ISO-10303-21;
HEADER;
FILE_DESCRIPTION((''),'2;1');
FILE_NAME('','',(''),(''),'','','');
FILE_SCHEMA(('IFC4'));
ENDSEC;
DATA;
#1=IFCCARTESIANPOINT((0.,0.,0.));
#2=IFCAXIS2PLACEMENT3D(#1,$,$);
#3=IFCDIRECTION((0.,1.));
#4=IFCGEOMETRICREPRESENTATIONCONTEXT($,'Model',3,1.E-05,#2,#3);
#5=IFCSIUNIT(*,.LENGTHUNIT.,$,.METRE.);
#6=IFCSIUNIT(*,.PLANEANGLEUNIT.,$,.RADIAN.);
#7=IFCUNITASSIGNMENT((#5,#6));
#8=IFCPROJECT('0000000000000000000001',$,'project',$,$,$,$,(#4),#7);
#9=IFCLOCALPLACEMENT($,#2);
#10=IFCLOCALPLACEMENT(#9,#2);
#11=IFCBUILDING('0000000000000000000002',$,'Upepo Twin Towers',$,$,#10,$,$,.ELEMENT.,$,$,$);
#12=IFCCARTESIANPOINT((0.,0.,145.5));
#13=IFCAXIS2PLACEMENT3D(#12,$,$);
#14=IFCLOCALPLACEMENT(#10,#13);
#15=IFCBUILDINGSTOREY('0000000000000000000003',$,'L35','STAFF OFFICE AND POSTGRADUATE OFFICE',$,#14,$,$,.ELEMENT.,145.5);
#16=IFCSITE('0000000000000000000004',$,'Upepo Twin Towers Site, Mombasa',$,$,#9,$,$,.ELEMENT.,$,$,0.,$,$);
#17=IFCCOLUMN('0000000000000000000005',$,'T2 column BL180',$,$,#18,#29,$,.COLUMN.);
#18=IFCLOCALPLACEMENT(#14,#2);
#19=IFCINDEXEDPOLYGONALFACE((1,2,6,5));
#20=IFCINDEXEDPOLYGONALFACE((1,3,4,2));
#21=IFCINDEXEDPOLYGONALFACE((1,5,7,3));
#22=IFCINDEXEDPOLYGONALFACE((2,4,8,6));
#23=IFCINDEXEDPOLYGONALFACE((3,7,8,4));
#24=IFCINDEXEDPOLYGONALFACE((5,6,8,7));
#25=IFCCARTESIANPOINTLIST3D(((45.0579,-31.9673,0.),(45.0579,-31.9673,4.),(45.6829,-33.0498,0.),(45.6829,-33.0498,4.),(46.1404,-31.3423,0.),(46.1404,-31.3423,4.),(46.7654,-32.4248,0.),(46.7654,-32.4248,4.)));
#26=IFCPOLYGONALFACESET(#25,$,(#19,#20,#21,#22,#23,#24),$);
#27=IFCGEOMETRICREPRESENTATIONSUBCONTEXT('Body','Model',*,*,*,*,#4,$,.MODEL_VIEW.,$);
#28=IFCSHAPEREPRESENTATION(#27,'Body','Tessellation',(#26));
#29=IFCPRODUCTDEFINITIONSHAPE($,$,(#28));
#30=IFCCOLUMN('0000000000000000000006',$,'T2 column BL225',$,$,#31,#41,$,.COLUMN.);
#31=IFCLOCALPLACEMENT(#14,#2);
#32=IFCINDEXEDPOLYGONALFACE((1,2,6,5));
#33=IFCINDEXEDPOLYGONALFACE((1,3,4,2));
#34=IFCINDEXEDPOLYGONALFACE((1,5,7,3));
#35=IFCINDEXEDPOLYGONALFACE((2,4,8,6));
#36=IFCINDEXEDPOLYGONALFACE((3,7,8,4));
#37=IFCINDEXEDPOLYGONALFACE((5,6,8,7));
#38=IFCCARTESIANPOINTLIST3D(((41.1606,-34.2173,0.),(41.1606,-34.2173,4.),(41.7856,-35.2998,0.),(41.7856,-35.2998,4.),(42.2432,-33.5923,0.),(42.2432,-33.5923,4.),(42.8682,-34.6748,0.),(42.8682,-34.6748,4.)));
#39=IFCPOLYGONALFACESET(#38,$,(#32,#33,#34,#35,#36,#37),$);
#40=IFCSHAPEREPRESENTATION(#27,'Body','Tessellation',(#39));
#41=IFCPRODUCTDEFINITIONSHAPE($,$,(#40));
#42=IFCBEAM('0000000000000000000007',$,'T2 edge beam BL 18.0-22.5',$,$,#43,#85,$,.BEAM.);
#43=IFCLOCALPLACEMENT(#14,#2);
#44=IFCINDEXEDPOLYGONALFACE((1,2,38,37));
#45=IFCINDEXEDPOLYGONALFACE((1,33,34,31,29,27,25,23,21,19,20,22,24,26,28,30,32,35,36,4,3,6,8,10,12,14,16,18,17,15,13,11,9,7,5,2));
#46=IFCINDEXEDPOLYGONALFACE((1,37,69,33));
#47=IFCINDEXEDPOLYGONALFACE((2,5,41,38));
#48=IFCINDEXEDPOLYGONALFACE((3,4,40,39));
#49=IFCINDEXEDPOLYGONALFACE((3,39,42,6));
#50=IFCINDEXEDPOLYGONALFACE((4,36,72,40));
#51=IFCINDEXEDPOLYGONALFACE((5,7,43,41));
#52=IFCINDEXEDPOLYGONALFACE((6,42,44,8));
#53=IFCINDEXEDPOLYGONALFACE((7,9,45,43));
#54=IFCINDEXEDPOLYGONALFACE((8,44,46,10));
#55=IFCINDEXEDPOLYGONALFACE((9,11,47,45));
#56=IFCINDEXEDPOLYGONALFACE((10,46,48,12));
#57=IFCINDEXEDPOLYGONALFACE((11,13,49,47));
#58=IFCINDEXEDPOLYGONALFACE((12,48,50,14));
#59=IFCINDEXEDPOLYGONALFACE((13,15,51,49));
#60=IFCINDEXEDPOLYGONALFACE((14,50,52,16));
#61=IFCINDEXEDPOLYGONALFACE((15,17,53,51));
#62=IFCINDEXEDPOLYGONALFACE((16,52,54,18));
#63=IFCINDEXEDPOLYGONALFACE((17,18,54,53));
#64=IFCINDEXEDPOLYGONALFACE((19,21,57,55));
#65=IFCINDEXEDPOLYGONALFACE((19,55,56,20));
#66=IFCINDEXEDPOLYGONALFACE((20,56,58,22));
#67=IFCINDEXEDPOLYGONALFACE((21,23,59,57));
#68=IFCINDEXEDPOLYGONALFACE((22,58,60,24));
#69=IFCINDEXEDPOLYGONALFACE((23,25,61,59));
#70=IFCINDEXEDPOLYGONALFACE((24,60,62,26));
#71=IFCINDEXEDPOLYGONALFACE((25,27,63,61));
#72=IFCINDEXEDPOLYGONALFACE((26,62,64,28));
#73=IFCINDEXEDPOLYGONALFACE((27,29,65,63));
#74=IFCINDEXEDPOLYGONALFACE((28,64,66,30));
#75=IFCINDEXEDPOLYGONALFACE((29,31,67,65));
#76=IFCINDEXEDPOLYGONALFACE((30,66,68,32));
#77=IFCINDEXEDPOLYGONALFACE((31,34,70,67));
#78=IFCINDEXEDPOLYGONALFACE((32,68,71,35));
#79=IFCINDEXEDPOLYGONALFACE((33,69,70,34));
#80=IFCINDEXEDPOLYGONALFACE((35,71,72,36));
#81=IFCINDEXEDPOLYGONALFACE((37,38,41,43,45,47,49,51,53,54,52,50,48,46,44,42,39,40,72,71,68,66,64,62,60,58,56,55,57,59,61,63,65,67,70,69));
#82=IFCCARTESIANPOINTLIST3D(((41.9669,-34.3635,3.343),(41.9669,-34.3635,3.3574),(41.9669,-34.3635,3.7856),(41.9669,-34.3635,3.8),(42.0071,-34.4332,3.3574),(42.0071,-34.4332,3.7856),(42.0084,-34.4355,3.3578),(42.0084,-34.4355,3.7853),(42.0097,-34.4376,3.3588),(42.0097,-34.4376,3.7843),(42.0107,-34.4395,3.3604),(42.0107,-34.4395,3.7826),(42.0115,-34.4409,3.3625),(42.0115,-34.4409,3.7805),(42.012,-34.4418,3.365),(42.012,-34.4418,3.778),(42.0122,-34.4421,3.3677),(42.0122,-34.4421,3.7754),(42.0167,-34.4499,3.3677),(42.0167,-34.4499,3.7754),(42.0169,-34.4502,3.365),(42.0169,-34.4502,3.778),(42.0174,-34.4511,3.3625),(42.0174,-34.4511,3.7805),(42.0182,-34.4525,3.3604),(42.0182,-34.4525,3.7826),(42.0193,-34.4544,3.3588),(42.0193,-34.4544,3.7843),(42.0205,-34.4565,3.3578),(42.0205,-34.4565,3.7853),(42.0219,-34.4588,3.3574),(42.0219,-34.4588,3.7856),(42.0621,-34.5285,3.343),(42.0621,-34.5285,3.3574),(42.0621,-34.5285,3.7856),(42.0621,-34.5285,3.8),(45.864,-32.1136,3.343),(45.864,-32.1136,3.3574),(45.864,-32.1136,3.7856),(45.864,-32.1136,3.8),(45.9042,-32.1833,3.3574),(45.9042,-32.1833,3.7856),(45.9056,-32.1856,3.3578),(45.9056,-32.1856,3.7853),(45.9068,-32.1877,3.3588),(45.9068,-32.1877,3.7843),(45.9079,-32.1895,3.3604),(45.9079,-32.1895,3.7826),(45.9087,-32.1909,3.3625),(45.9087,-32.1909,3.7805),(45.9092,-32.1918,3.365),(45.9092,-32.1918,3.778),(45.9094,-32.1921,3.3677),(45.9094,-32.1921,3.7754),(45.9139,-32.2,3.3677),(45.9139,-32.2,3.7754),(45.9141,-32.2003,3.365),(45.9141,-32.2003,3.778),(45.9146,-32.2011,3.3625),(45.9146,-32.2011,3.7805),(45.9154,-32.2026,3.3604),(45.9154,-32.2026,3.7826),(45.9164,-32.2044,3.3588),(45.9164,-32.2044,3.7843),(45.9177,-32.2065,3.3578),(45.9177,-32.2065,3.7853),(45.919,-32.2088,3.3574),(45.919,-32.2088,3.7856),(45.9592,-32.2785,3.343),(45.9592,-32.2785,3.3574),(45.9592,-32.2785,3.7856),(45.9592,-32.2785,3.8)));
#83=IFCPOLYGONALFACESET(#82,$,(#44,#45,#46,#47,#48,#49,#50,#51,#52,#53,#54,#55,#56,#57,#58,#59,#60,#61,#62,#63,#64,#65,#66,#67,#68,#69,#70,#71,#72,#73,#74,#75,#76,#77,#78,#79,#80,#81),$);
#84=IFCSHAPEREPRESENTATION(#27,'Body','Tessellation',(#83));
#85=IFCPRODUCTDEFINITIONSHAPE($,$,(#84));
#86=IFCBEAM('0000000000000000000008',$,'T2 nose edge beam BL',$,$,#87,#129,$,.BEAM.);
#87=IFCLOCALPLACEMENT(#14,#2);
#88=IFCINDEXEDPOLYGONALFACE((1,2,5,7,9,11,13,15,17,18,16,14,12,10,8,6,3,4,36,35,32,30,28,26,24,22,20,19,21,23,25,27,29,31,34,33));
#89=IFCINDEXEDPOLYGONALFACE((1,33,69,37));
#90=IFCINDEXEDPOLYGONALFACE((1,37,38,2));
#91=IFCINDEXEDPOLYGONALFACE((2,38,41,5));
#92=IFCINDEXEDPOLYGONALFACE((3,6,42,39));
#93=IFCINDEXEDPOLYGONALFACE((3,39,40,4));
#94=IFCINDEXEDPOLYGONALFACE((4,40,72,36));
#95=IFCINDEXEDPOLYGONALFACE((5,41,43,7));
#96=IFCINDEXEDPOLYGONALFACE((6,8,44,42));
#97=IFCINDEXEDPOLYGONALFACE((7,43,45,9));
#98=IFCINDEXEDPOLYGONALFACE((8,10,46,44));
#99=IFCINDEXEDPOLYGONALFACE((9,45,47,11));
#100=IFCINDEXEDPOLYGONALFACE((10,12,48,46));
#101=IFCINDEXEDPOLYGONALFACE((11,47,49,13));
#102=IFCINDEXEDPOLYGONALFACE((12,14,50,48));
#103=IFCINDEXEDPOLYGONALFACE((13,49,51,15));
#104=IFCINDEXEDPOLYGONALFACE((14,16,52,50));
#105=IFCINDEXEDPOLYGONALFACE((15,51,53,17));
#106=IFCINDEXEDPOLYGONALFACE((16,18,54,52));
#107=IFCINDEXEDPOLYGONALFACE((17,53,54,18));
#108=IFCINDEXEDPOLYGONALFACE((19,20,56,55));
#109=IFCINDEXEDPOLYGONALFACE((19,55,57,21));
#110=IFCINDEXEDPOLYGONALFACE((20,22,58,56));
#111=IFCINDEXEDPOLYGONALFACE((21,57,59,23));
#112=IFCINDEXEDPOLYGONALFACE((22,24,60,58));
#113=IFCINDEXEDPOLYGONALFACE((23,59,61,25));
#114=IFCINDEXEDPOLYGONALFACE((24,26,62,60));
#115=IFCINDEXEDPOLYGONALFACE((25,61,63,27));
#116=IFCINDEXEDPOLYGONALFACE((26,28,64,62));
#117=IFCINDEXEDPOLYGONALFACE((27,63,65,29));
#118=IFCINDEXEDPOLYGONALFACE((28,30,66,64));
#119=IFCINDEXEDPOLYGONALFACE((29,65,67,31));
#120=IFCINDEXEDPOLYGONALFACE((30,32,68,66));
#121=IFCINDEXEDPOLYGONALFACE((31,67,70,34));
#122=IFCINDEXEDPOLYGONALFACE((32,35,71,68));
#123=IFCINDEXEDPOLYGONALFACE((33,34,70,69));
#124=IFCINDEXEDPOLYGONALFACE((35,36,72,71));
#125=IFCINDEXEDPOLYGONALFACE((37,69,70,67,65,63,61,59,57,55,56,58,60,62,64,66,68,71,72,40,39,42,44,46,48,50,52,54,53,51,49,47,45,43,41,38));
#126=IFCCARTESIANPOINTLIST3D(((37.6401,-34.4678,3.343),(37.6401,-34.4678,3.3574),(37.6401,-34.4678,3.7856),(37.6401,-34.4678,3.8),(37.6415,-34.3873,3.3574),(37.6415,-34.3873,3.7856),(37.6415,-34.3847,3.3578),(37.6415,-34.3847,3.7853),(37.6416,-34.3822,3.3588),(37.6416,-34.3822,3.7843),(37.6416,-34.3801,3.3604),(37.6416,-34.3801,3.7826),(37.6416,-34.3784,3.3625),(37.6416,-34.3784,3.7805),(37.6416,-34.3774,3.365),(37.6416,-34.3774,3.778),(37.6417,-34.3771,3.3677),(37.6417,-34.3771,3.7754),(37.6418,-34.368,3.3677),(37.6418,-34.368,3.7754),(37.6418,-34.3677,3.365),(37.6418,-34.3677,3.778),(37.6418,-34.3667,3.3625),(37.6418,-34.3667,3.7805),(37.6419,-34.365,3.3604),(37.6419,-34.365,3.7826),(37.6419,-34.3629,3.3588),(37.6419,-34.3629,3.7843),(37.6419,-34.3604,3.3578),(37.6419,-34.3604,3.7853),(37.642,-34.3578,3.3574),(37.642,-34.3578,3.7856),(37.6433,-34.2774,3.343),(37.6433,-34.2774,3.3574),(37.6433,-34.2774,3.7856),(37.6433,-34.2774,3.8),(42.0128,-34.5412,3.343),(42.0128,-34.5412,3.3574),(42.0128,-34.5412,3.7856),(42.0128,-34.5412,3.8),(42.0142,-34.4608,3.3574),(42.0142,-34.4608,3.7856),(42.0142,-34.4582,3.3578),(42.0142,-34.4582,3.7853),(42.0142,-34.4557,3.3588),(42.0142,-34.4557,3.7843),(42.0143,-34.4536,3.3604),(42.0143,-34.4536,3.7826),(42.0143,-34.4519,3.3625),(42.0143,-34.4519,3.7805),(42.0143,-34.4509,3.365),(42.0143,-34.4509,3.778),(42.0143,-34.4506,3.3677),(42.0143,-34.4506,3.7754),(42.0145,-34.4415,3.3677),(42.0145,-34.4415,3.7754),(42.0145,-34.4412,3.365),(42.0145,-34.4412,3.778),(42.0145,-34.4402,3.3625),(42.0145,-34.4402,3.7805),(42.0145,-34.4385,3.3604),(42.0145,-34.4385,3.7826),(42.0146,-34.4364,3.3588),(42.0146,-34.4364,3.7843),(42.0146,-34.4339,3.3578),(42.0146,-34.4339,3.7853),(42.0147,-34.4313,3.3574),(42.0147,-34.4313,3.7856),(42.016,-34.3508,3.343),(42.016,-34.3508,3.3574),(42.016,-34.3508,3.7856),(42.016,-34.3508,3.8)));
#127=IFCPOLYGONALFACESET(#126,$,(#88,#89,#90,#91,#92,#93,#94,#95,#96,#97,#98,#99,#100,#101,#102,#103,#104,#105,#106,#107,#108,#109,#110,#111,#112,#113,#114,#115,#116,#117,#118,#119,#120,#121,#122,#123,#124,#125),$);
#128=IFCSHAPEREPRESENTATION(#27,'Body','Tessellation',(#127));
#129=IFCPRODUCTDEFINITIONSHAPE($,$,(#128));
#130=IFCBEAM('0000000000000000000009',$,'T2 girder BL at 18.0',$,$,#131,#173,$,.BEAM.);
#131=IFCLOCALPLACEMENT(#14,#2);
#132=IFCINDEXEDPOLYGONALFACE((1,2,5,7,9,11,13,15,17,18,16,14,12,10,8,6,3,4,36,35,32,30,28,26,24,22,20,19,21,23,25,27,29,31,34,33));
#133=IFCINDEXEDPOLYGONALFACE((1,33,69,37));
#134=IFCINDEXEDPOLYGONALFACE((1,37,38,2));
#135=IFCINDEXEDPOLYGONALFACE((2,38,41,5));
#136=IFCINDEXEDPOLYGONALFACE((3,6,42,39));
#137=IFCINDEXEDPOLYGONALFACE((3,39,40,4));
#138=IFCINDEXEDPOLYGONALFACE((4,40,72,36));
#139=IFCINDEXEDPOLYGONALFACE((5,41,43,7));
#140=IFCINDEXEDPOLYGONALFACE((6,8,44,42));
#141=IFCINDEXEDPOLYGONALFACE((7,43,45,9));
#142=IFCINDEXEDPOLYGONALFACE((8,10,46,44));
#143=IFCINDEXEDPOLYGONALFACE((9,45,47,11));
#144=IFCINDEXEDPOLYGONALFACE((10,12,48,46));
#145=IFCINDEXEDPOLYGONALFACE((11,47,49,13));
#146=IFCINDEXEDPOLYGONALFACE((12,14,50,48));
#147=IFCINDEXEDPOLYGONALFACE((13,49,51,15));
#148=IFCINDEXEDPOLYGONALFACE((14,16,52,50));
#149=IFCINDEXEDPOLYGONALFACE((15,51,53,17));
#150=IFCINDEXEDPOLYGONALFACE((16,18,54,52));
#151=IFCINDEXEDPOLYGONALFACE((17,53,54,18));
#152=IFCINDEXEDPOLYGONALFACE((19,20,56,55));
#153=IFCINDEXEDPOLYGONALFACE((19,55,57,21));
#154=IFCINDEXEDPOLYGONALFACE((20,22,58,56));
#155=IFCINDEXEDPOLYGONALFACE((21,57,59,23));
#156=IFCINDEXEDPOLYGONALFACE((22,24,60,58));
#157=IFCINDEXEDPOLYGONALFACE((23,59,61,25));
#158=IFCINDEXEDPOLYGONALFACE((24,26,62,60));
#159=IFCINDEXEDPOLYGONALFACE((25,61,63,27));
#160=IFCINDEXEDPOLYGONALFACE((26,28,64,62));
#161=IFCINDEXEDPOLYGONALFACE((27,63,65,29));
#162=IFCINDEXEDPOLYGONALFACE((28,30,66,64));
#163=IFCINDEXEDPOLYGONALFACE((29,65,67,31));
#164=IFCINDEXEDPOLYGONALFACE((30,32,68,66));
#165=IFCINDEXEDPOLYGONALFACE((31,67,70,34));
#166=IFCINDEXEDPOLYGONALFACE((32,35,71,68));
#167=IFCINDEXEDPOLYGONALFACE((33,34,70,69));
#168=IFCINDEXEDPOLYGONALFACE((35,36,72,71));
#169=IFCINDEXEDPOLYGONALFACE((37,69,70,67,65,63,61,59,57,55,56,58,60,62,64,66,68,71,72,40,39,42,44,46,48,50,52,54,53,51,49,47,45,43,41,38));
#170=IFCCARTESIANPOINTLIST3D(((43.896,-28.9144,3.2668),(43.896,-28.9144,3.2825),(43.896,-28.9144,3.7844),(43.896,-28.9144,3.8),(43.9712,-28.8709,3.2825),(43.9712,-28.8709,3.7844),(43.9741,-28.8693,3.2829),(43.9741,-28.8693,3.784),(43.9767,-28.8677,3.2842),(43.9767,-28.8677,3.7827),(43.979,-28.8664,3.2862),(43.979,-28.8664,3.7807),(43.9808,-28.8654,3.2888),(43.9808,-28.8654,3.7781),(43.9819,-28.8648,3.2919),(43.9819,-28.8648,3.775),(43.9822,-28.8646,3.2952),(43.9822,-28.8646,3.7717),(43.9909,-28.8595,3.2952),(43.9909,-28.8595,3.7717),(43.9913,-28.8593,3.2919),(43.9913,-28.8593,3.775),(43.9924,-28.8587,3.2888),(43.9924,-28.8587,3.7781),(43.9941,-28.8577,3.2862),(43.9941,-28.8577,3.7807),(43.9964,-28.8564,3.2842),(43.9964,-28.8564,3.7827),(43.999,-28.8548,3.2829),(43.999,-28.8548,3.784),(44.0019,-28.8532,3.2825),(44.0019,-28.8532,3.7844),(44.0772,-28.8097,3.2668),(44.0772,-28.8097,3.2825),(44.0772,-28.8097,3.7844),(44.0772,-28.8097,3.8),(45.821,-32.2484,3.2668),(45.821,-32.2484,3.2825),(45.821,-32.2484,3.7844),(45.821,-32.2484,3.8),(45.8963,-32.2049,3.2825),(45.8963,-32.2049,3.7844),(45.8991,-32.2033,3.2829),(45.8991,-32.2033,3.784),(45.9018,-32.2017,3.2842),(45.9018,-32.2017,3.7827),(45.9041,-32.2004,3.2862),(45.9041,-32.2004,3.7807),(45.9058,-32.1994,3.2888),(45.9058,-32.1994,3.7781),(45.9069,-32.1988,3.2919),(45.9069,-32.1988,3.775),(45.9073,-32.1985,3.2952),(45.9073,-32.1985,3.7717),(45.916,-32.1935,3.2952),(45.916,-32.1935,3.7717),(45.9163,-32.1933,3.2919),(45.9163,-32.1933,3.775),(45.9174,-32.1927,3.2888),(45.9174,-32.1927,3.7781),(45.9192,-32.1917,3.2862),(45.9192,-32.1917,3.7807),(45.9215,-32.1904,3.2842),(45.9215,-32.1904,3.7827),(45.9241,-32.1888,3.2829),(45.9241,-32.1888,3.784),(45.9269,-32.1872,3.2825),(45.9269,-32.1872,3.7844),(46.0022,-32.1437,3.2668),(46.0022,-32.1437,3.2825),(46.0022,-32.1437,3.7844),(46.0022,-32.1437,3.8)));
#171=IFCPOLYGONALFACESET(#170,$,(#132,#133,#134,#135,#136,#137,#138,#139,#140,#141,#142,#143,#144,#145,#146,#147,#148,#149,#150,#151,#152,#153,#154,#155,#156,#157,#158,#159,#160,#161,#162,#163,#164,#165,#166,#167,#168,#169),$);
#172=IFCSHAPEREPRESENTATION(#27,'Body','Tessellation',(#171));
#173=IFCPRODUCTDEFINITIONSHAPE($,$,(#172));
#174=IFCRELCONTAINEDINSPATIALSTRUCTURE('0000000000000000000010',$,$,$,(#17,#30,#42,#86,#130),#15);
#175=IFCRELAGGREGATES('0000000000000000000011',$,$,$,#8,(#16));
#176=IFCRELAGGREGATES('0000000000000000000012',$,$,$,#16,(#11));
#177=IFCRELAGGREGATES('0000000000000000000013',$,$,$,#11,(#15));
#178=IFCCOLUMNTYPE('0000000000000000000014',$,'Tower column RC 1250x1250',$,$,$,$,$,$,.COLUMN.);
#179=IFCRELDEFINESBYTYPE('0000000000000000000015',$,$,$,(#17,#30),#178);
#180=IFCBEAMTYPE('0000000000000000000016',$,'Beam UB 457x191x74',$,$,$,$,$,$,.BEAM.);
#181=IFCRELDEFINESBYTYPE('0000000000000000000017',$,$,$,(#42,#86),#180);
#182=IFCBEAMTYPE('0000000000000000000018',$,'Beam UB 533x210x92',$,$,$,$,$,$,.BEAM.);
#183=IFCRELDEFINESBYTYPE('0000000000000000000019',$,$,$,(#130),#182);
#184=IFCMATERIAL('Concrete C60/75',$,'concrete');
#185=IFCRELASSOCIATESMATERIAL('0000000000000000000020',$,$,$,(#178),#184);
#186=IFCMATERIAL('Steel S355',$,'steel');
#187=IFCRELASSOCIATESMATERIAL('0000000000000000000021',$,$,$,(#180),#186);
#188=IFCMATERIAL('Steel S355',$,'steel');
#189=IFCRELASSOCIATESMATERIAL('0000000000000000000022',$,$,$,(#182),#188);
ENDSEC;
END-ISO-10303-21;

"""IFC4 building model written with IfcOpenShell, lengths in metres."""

from ifc_helpers import new_model, si_unit, direction, frame, origin, origin_2d, place, context, subcontext, project, spatial, rectangle, i_section, extrude, material, material_profile, profile_set, type_object, element, save


model = new_model("IFC4")

# Units and contexts
model_context = context("Model", 3, precision=1e-05, world=origin(), true_north=direction((0.0, 1.0)))
body_context = subcontext(model_context, "Body", "Model", "MODEL_VIEW")
ifc_project = project(units=[si_unit("LENGTHUNIT", "METRE"), si_unit("PLANEANGLEUNIT", "RADIAN")], contexts=[model_context])

# Site, building, storey
site_placement = place(None, origin())
site = spatial("IfcSite", under=ifc_project, at=site_placement, Name="Upepo Twin Towers Site, Mombasa", CompositionType="ELEMENT", RefElevation=0.0)
building_placement = place(site_placement, origin())
building = spatial("IfcBuilding", under=site, at=building_placement, Name="Upepo Twin Towers", CompositionType="ELEMENT")
storey_placement = place(building_placement, frame((0.0, 0.0, 145.5)))
storey = spatial("IfcBuildingStorey", under=building, at=storey_placement, Name="L35", Description="STAFF OFFICE AND POSTGRADUATE OFFICE", CompositionType="ELEMENT", Elevation=145.5)

# Columns
ifc_material_1 = material(Name="Concrete C60/75", Category="concrete")
ifc_material_profile_1 = material_profile(ifc_material_1, rectangle(XDim=1.25, YDim=1.25, at=origin_2d()), Name="RC 1250x1250")
ifc_profile_set_1 = profile_set([ifc_material_profile_1], Name="Concrete C60/75")
column_type = type_object("IfcColumnType", Name="Tower column RC 1250x1250", PredefinedType="COLUMN", material=ifc_profile_set_1)
for number, where, z_axis, x_axis, name in (
    (1, (45.9116, -32.196, 0.0), (0.0, 0.0, 1.0), (0.866025, 0.5, 0.0), "T2 column BL180"),
    (2, (42.0144, -34.446, 0.0), (0.0, 0.0, 1.0), (0.866025, 0.5, 0.0), "T2 column BL225"),
):
    element("IfcColumn", number, at=place(storey_placement, frame(where, z_axis=z_axis, x_axis=x_axis)), inside=storey, type_object=column_type, Name=name, PredefinedType="COLUMN", context=body_context, shape_type="SweptSolid", body=[
        extrude(rectangle(XDim=1.25, YDim=1.25, at=origin_2d()), origin(), (0.0, 0.0, 1.0), 4.0),
    ])

# Beams
ifc_material_2 = material(Name="Steel S355", Category="steel")
ifc_material_profile_2 = material_profile(ifc_material_2, i_section(OverallWidth=0.1904, OverallDepth=0.457, WebThickness=0.009, FlangeThickness=0.0144, FilletRadius=0.0103, at=origin_2d()), Name="UB 457x191x74")
ifc_profile_set_2 = profile_set([ifc_material_profile_2], Name="Steel S355")
beam_type_1 = type_object("IfcBeamType", Name="Beam UB 457x191x74", PredefinedType="BEAM", material=ifc_profile_set_2)
beam_1_placement = place(storey_placement, frame((45.9116, -32.196, 3.5715), z_axis=(-0.866031, -0.49999, 0.0), x_axis=(0.49999, -0.866031, 0.0)))
element("IfcBeam", 3, at=beam_1_placement, inside=storey, type_object=beam_type_1, Name="T2 edge beam BL 18.0-22.5", PredefinedType="BEAM", context=body_context, shape_type="SweptSolid", body=[
    extrude(i_section(OverallWidth=0.1904, OverallDepth=0.457, WebThickness=0.009, FlangeThickness=0.0144, FilletRadius=0.0103, at=origin_2d()), origin(), (0.0, 0.0, 1.0), 4.5),
])
beam_2_placement = place(storey_placement, frame((42.0144, -34.446, 3.5715), z_axis=(-0.999859, 0.016804, 0.0), x_axis=(-0.016804, -0.999859, 0.0)))
element("IfcBeam", 4, at=beam_2_placement, inside=storey, type_object=beam_type_1, Name="T2 nose edge beam BL", PredefinedType="BEAM", context=body_context, shape_type="SweptSolid", body=[
    extrude(i_section(OverallWidth=0.1904, OverallDepth=0.457, WebThickness=0.009, FlangeThickness=0.0144, FilletRadius=0.0103, at=origin_2d()), origin(), (0.0, 0.0, 1.0), 4.3733),
])
ifc_material_3 = material(Name="Steel S355", Category="steel")
ifc_material_profile_3 = material_profile(ifc_material_3, i_section(OverallWidth=0.2092, OverallDepth=0.5332, WebThickness=0.01, FlangeThickness=0.0156, FilletRadius=0.0127, at=origin_2d()), Name="UB 533x210x92")
ifc_profile_set_3 = profile_set([ifc_material_profile_3], Name="Steel S355")
beam_type_2 = type_object("IfcBeamType", Name="Beam UB 533x210x92", PredefinedType="BEAM", material=ifc_profile_set_3)
for number, where, z_axis, x_axis, name in (
    (5, (45.9116, -32.196, 3.5334), (-0.500034, 0.866006, 0.0), (-0.866006, -0.500034, 0.0), "T2 girder BL at 18.0"),
):
    element("IfcBeam", number, at=place(storey_placement, frame(where, z_axis=z_axis, x_axis=x_axis)), inside=storey, type_object=beam_type_2, Name=name, PredefinedType="BEAM", context=body_context, shape_type="SweptSolid", body=[
        extrude(i_section(OverallWidth=0.2092, OverallDepth=0.5332, WebThickness=0.01, FlangeThickness=0.0156, FilletRadius=0.0127, at=origin_2d()), origin(), (0.0, 0.0, 1.0), 3.8499),
    ])

save(model, "model.ifc")
